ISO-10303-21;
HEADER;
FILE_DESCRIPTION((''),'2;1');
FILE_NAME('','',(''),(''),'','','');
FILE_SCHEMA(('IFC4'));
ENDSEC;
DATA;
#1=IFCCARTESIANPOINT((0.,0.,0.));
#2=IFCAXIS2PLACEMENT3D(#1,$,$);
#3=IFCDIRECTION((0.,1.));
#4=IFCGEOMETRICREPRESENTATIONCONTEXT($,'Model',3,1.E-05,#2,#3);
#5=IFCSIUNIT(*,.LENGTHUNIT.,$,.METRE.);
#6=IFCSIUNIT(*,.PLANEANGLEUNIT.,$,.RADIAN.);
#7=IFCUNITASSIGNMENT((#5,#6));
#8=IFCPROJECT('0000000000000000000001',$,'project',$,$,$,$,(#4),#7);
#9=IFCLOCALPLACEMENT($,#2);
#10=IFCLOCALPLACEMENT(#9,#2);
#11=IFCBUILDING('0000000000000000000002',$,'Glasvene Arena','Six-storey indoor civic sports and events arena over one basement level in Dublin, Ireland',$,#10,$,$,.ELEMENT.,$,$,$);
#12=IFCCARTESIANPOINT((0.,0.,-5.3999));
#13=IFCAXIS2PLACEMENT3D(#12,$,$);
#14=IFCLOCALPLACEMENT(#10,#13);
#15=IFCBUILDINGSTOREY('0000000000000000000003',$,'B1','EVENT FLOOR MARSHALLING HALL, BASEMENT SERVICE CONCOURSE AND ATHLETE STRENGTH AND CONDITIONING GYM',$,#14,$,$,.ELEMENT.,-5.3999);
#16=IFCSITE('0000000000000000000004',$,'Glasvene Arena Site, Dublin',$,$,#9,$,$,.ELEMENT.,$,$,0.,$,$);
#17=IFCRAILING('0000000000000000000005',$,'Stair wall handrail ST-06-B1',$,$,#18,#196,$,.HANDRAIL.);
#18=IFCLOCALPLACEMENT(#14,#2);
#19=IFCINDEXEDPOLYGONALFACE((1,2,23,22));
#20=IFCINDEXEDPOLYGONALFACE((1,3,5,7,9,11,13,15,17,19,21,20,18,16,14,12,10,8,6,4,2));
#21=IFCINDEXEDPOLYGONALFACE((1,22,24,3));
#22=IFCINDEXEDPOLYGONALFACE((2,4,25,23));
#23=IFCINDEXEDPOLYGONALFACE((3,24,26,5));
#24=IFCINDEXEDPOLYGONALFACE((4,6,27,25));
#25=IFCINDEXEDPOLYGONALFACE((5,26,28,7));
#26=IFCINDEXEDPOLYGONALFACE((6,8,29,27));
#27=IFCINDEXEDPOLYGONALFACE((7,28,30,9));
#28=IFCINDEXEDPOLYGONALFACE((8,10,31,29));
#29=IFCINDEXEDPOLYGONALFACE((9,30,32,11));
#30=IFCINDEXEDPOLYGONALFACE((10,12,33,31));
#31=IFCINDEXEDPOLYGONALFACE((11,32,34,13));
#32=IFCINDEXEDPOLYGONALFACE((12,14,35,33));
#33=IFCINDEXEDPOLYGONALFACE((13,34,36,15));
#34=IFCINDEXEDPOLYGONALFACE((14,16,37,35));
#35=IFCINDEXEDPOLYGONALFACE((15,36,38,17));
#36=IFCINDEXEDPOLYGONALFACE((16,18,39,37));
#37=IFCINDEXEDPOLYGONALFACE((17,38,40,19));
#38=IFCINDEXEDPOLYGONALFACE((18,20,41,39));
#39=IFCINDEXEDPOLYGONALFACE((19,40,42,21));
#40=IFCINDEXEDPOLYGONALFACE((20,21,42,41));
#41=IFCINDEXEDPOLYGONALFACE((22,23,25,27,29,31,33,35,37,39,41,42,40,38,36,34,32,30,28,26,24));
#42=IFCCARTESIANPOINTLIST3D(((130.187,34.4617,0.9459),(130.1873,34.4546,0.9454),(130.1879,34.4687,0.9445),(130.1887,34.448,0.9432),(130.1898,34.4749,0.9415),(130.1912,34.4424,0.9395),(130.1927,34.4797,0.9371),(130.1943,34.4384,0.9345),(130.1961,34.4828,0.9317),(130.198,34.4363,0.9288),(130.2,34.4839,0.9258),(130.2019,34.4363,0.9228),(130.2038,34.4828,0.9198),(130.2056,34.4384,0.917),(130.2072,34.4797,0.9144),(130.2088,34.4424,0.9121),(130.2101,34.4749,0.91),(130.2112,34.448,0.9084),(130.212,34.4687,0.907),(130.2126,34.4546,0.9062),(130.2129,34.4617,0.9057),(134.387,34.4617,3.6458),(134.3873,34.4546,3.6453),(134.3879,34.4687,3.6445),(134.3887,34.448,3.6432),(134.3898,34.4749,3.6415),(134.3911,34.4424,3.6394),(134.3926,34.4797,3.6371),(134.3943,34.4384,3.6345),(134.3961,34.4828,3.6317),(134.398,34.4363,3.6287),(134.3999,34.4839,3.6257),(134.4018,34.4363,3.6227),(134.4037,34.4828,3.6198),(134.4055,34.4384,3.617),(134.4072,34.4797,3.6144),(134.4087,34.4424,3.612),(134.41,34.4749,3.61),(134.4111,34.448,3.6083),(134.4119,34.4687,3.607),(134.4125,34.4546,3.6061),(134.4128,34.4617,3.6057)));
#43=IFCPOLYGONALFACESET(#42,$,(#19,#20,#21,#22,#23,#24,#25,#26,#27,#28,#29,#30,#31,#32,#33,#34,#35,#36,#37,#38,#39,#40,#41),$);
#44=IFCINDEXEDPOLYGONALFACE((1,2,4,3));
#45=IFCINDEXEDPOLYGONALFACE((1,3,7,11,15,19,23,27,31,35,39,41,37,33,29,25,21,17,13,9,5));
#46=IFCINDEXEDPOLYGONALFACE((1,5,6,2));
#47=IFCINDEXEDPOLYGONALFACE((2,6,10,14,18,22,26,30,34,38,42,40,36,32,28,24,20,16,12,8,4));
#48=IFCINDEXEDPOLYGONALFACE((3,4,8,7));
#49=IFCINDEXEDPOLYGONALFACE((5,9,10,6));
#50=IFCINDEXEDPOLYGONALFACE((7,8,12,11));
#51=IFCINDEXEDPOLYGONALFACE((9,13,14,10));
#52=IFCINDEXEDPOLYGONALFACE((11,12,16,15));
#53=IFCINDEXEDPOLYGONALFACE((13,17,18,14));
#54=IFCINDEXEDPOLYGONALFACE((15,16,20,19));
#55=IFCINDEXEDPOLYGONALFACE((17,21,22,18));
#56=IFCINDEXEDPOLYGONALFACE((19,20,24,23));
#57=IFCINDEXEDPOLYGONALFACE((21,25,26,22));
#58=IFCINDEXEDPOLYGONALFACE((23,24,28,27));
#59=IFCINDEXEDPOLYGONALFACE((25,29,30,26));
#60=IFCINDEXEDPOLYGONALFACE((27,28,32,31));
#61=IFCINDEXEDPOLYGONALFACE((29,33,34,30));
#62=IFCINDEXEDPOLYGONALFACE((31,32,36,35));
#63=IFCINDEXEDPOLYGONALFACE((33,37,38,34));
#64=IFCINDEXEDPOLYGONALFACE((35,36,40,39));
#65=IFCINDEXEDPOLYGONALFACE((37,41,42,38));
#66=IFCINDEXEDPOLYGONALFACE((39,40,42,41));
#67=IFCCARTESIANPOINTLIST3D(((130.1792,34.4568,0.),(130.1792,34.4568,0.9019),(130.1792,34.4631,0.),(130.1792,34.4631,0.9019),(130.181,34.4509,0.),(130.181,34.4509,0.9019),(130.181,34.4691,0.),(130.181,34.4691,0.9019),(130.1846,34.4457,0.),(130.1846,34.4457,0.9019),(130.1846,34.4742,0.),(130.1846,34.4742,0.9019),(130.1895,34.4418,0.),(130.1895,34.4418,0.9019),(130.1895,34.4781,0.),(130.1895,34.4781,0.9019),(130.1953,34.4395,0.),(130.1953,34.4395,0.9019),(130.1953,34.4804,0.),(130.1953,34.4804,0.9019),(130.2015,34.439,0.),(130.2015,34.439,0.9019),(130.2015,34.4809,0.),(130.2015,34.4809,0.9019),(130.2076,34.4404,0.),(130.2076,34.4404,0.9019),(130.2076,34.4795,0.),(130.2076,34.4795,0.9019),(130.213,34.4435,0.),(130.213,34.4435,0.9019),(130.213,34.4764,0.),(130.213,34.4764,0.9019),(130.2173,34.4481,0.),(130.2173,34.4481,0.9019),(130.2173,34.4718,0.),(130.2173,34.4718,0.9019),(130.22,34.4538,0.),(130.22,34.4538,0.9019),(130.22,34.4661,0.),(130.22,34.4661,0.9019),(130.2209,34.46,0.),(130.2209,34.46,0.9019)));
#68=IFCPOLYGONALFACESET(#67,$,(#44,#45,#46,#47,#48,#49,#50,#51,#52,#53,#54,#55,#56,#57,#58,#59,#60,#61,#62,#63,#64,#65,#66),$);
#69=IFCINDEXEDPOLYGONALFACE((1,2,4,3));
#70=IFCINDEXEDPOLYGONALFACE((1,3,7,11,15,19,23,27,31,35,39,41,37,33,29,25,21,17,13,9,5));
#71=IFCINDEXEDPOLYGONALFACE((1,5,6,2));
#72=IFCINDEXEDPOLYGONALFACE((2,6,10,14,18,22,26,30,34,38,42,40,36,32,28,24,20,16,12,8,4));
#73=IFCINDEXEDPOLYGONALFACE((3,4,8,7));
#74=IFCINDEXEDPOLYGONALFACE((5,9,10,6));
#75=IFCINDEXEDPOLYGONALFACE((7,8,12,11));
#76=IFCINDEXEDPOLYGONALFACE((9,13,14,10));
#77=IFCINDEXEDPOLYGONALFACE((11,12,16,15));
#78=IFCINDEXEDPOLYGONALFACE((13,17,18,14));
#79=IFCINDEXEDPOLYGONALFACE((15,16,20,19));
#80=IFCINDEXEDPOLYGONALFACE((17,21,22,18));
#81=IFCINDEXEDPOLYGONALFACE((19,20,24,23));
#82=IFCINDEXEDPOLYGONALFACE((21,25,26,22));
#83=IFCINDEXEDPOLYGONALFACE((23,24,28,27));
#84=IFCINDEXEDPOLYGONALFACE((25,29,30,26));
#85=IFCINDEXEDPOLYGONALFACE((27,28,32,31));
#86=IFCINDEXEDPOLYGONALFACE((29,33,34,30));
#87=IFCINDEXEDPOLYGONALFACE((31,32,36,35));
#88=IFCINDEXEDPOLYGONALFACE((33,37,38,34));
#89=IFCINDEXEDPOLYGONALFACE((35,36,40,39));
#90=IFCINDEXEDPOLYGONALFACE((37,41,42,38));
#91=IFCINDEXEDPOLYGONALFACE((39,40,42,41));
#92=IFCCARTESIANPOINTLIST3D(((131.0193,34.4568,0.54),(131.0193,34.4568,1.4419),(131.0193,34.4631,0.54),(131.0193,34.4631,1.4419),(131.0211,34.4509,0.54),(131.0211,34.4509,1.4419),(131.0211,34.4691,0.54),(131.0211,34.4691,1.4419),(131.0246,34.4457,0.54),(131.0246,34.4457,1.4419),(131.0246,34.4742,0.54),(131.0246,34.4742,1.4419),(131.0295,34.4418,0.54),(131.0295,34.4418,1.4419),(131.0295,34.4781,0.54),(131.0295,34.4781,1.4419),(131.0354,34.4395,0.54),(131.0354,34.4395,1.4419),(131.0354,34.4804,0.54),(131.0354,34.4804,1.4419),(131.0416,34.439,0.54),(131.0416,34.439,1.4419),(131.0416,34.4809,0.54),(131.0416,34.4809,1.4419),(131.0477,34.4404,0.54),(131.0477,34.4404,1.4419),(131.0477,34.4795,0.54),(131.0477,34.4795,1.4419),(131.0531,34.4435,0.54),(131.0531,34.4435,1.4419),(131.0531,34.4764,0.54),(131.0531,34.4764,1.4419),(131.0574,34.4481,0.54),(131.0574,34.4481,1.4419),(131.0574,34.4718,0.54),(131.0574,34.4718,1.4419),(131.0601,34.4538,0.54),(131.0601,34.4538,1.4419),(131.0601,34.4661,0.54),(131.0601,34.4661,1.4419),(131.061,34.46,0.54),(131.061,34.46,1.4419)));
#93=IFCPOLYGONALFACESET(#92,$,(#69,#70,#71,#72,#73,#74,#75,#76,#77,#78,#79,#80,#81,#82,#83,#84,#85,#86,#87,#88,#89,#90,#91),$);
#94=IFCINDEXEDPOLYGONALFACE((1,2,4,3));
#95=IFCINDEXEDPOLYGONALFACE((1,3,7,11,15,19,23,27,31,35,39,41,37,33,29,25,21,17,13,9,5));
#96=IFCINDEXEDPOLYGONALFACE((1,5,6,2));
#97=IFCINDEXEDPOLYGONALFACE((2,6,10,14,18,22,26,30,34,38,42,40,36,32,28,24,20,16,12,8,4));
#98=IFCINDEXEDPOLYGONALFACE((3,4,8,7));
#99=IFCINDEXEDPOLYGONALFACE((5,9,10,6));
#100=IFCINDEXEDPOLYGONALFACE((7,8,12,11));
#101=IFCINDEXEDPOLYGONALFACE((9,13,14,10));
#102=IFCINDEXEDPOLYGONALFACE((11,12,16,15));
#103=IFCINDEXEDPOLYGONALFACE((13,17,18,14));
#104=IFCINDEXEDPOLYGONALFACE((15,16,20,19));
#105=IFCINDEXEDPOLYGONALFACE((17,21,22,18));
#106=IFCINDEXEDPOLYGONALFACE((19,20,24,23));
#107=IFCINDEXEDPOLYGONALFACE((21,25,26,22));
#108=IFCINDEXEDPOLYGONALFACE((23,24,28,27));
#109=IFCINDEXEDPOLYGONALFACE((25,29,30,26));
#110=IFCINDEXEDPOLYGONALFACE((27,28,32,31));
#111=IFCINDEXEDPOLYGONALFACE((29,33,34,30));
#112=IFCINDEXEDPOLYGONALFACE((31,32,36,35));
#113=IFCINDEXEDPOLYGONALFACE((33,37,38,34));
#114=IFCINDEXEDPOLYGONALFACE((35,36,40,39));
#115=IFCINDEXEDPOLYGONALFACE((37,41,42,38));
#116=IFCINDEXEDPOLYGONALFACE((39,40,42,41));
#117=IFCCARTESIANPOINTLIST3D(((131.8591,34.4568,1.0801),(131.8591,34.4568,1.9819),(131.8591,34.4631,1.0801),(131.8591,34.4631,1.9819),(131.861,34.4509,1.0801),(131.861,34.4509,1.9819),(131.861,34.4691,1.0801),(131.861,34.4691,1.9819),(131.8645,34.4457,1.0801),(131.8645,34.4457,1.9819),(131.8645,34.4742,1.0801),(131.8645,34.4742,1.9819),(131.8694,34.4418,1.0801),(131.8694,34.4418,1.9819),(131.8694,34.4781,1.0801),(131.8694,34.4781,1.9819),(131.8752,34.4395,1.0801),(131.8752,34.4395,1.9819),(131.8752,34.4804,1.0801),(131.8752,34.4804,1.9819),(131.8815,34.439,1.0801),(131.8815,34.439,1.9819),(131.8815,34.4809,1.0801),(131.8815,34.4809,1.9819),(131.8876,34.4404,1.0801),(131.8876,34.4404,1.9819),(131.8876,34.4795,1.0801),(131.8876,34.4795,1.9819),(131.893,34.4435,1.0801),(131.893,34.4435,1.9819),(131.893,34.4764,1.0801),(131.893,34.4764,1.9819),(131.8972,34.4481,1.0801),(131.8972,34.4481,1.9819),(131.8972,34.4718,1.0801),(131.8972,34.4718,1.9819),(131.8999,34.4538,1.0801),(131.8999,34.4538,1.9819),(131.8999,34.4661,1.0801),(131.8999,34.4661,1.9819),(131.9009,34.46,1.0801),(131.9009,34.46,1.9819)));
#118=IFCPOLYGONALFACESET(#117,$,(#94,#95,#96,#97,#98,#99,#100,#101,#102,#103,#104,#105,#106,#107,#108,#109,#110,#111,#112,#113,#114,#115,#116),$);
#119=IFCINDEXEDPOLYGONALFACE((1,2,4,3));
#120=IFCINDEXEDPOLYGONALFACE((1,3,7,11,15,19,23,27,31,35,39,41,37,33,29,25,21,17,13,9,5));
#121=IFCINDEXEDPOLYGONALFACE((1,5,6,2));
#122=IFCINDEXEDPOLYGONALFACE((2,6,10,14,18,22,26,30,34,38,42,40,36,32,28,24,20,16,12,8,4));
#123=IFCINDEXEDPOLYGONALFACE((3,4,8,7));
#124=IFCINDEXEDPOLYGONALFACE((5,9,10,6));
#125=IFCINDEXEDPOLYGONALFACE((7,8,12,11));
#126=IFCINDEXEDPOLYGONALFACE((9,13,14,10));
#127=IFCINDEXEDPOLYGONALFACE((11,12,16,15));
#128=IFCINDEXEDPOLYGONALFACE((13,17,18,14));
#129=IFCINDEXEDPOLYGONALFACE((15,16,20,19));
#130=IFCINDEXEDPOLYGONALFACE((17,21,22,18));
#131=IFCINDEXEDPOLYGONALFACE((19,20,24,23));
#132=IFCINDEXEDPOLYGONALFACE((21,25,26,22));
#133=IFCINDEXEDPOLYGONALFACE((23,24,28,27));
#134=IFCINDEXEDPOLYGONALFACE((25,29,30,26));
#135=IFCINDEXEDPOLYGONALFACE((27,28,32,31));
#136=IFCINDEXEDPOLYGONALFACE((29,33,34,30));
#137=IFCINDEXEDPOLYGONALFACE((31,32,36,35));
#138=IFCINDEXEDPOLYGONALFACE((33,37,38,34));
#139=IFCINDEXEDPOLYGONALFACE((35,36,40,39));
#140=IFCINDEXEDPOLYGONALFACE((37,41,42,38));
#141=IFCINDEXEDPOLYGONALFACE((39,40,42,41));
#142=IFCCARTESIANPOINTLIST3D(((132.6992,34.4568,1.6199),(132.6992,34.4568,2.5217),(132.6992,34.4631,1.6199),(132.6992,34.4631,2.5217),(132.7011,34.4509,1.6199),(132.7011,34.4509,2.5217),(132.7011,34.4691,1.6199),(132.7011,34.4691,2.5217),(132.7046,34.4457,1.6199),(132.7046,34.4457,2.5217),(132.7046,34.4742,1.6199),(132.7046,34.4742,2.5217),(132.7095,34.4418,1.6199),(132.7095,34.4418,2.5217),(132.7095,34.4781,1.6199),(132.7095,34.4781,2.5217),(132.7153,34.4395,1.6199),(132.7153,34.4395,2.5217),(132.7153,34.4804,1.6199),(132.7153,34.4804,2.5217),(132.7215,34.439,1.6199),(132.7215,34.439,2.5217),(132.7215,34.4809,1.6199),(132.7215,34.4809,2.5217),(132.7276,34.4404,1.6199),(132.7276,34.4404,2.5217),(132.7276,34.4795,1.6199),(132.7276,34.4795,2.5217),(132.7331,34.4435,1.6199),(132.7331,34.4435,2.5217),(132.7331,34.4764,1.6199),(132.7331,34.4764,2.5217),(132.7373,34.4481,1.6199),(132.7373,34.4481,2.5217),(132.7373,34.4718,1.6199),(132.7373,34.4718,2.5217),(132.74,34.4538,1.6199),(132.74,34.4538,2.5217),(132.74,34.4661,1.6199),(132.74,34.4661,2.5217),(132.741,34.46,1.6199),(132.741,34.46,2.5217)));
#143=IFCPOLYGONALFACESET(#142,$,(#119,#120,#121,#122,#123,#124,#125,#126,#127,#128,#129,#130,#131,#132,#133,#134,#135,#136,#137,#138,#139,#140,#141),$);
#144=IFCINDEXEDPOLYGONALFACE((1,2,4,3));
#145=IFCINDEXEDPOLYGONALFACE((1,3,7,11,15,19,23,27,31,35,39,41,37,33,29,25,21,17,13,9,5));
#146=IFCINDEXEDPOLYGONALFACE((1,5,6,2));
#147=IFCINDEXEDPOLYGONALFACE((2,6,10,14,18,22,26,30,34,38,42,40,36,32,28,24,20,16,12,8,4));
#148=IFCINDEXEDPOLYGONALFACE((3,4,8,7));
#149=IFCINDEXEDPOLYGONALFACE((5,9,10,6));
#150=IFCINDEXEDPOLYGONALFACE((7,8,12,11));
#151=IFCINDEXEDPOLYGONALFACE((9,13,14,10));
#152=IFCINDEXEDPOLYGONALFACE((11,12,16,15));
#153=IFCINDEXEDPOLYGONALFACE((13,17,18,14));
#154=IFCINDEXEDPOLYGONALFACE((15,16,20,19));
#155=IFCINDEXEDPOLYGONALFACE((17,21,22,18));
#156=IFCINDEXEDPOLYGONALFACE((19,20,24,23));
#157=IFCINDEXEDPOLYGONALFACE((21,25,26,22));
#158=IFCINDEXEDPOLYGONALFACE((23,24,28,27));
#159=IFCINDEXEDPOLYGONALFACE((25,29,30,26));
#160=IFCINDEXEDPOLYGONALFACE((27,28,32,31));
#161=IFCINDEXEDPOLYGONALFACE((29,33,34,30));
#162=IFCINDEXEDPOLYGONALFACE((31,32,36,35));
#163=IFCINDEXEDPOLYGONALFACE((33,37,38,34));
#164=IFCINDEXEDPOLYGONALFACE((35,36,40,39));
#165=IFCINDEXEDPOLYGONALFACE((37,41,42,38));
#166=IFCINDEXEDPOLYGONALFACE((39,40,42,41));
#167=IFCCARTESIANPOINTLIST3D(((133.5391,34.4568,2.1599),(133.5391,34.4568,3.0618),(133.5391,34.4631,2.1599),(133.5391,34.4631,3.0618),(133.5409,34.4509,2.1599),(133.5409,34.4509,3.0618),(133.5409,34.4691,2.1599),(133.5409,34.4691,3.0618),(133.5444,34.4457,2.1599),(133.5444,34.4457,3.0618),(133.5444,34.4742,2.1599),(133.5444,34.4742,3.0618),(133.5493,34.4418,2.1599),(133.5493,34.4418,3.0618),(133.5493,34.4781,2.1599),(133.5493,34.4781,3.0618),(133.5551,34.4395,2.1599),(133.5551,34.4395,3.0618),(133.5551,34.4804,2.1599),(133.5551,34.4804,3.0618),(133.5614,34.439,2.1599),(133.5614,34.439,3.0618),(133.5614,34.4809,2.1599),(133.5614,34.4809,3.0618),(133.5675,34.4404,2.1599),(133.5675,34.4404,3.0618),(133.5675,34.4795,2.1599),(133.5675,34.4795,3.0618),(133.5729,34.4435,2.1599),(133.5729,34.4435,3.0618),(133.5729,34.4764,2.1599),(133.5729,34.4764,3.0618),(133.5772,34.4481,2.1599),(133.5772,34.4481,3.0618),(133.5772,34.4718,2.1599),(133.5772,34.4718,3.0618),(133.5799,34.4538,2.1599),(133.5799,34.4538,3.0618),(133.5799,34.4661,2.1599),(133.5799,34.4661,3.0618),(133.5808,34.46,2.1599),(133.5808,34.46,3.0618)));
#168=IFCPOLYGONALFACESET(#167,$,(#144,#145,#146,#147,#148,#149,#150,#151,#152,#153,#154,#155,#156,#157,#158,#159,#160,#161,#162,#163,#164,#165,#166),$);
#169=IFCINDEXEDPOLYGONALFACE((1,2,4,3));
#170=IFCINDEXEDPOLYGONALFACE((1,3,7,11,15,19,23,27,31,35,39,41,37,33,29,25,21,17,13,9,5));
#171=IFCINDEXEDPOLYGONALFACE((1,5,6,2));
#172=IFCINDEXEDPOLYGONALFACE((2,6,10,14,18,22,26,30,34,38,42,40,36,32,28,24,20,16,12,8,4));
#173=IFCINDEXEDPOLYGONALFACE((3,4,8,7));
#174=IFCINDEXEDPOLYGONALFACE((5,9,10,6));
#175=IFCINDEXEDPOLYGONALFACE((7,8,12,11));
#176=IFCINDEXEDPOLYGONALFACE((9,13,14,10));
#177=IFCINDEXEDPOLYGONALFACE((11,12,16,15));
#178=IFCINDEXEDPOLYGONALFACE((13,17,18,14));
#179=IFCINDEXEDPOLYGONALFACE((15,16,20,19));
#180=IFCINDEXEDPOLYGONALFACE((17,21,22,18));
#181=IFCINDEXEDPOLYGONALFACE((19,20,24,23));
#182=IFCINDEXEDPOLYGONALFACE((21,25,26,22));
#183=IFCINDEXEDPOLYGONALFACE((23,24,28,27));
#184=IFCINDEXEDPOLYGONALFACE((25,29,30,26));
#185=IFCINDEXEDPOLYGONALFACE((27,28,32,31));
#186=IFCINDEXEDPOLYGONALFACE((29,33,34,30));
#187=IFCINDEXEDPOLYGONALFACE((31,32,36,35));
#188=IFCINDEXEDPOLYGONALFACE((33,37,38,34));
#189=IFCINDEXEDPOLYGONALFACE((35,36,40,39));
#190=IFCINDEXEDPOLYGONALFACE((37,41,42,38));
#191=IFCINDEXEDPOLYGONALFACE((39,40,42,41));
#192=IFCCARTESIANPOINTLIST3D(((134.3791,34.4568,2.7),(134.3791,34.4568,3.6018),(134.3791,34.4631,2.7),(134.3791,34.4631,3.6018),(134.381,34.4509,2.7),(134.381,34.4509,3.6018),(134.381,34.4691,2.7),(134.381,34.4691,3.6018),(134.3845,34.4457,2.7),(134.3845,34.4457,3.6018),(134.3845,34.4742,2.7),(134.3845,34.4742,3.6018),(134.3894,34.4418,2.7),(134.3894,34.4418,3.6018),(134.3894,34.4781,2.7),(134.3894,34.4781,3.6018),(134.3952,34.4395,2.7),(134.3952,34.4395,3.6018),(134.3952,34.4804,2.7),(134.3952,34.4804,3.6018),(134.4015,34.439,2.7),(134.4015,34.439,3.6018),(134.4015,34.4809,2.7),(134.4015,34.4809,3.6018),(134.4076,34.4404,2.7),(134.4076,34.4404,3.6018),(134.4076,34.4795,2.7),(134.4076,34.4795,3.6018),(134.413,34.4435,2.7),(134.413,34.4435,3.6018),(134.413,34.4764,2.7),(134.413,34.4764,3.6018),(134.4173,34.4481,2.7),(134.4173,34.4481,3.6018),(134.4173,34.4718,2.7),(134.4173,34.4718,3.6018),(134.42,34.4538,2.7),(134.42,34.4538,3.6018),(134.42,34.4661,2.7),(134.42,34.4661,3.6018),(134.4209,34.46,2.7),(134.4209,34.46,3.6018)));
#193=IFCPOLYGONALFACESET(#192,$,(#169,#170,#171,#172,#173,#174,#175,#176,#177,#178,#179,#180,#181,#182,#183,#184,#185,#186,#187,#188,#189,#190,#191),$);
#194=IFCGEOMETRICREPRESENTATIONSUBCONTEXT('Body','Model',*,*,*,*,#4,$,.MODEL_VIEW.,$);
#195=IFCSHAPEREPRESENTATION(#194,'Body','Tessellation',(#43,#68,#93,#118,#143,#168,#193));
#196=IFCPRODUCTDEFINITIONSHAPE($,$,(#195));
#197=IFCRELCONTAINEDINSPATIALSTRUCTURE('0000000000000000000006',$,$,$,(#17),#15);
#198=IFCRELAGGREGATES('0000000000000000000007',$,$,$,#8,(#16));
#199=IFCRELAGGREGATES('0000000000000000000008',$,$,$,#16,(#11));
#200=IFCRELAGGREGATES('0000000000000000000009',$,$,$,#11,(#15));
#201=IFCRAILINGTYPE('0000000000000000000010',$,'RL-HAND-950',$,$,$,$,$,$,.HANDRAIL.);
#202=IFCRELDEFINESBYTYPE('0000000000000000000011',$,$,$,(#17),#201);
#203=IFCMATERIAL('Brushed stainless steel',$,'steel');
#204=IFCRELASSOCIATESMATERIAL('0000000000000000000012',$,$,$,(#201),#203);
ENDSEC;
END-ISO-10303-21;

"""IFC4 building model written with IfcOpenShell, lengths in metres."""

from ifc_helpers import new_model, si_unit, direction, frame, origin, origin_2d, place, context, subcontext, project, spatial, circle, extrude, material, type_object, element, save


model = new_model("IFC4")

# Units and contexts
model_context = context("Model", 3, precision=1e-05, world=origin(), true_north=direction((0.0, 1.0)))
body_context = subcontext(model_context, "Body", "Model", "MODEL_VIEW")
ifc_project = project(units=[si_unit("LENGTHUNIT", "METRE"), si_unit("PLANEANGLEUNIT", "RADIAN")], contexts=[model_context])

# Site, building, storey
site_placement = place(None, origin())
site = spatial("IfcSite", under=ifc_project, at=site_placement, Name="Glasvene Arena Site, Dublin", CompositionType="ELEMENT", RefElevation=0.0)
building_placement = place(site_placement, origin())
building = spatial("IfcBuilding", under=site, at=building_placement, Name="Glasvene Arena", Description="Six-storey indoor civic sports and events arena over one basement level in Dublin, Ireland", CompositionType="ELEMENT")
storey_placement = place(building_placement, frame((0.0, 0.0, -5.3999)))
storey = spatial("IfcBuildingStorey", under=building, at=storey_placement, Name="B1", Description="EVENT FLOOR MARSHALLING HALL, BASEMENT SERVICE CONCOURSE AND ATHLETE STRENGTH AND CONDITIONING GYM", CompositionType="ELEMENT", Elevation=-5.3999)

# Railing
ifc_material_1 = material(Name="Brushed stainless steel", Category="steel")
railing_type = type_object("IfcRailingType", Name="RL-HAND-950", PredefinedType="HANDRAIL", material=ifc_material_1)
railing_placement = place(storey_placement, frame((130.2, 34.46, 0.0)))
element("IfcRailing", 1, at=railing_placement, inside=storey, type_object=railing_type, Name="Stair wall handrail ST-06-B1", PredefinedType="HANDRAIL", context=body_context, shape_type="SweptSolid", body=[
    extrude(circle(Radius=0.0239, at=origin_2d()), frame((0.0, 0.0, 0.9258), z_axis=(0.84118, 0.0, 0.540755), x_axis=(0.0, 1.0, 0.0)), (0.0, 0.0, 1.0), 4.9929),
    extrude(circle(Radius=0.021, at=origin_2d()), origin(), (0.0, 0.0, 1.0), 0.9019),
    extrude(circle(Radius=0.021, at=origin_2d()), frame((0.8401, 0.0, 0.54)), (0.0, 0.0, 1.0), 0.9019),
    extrude(circle(Radius=0.021, at=origin_2d()), frame((1.6799, 0.0, 1.0801)), (0.0, 0.0, 1.0), 0.9019),
    extrude(circle(Radius=0.021, at=origin_2d()), frame((2.52, 0.0, 1.6199)), (0.0, 0.0, 1.0), 0.9019),
    extrude(circle(Radius=0.021, at=origin_2d()), frame((3.3599, 0.0, 2.1599)), (0.0, 0.0, 1.0), 0.9019),
    extrude(circle(Radius=0.021, at=origin_2d()), frame((4.2, 0.0, 2.7)), (0.0, 0.0, 1.0), 0.9019),
])

save(model, "model.ifc")
